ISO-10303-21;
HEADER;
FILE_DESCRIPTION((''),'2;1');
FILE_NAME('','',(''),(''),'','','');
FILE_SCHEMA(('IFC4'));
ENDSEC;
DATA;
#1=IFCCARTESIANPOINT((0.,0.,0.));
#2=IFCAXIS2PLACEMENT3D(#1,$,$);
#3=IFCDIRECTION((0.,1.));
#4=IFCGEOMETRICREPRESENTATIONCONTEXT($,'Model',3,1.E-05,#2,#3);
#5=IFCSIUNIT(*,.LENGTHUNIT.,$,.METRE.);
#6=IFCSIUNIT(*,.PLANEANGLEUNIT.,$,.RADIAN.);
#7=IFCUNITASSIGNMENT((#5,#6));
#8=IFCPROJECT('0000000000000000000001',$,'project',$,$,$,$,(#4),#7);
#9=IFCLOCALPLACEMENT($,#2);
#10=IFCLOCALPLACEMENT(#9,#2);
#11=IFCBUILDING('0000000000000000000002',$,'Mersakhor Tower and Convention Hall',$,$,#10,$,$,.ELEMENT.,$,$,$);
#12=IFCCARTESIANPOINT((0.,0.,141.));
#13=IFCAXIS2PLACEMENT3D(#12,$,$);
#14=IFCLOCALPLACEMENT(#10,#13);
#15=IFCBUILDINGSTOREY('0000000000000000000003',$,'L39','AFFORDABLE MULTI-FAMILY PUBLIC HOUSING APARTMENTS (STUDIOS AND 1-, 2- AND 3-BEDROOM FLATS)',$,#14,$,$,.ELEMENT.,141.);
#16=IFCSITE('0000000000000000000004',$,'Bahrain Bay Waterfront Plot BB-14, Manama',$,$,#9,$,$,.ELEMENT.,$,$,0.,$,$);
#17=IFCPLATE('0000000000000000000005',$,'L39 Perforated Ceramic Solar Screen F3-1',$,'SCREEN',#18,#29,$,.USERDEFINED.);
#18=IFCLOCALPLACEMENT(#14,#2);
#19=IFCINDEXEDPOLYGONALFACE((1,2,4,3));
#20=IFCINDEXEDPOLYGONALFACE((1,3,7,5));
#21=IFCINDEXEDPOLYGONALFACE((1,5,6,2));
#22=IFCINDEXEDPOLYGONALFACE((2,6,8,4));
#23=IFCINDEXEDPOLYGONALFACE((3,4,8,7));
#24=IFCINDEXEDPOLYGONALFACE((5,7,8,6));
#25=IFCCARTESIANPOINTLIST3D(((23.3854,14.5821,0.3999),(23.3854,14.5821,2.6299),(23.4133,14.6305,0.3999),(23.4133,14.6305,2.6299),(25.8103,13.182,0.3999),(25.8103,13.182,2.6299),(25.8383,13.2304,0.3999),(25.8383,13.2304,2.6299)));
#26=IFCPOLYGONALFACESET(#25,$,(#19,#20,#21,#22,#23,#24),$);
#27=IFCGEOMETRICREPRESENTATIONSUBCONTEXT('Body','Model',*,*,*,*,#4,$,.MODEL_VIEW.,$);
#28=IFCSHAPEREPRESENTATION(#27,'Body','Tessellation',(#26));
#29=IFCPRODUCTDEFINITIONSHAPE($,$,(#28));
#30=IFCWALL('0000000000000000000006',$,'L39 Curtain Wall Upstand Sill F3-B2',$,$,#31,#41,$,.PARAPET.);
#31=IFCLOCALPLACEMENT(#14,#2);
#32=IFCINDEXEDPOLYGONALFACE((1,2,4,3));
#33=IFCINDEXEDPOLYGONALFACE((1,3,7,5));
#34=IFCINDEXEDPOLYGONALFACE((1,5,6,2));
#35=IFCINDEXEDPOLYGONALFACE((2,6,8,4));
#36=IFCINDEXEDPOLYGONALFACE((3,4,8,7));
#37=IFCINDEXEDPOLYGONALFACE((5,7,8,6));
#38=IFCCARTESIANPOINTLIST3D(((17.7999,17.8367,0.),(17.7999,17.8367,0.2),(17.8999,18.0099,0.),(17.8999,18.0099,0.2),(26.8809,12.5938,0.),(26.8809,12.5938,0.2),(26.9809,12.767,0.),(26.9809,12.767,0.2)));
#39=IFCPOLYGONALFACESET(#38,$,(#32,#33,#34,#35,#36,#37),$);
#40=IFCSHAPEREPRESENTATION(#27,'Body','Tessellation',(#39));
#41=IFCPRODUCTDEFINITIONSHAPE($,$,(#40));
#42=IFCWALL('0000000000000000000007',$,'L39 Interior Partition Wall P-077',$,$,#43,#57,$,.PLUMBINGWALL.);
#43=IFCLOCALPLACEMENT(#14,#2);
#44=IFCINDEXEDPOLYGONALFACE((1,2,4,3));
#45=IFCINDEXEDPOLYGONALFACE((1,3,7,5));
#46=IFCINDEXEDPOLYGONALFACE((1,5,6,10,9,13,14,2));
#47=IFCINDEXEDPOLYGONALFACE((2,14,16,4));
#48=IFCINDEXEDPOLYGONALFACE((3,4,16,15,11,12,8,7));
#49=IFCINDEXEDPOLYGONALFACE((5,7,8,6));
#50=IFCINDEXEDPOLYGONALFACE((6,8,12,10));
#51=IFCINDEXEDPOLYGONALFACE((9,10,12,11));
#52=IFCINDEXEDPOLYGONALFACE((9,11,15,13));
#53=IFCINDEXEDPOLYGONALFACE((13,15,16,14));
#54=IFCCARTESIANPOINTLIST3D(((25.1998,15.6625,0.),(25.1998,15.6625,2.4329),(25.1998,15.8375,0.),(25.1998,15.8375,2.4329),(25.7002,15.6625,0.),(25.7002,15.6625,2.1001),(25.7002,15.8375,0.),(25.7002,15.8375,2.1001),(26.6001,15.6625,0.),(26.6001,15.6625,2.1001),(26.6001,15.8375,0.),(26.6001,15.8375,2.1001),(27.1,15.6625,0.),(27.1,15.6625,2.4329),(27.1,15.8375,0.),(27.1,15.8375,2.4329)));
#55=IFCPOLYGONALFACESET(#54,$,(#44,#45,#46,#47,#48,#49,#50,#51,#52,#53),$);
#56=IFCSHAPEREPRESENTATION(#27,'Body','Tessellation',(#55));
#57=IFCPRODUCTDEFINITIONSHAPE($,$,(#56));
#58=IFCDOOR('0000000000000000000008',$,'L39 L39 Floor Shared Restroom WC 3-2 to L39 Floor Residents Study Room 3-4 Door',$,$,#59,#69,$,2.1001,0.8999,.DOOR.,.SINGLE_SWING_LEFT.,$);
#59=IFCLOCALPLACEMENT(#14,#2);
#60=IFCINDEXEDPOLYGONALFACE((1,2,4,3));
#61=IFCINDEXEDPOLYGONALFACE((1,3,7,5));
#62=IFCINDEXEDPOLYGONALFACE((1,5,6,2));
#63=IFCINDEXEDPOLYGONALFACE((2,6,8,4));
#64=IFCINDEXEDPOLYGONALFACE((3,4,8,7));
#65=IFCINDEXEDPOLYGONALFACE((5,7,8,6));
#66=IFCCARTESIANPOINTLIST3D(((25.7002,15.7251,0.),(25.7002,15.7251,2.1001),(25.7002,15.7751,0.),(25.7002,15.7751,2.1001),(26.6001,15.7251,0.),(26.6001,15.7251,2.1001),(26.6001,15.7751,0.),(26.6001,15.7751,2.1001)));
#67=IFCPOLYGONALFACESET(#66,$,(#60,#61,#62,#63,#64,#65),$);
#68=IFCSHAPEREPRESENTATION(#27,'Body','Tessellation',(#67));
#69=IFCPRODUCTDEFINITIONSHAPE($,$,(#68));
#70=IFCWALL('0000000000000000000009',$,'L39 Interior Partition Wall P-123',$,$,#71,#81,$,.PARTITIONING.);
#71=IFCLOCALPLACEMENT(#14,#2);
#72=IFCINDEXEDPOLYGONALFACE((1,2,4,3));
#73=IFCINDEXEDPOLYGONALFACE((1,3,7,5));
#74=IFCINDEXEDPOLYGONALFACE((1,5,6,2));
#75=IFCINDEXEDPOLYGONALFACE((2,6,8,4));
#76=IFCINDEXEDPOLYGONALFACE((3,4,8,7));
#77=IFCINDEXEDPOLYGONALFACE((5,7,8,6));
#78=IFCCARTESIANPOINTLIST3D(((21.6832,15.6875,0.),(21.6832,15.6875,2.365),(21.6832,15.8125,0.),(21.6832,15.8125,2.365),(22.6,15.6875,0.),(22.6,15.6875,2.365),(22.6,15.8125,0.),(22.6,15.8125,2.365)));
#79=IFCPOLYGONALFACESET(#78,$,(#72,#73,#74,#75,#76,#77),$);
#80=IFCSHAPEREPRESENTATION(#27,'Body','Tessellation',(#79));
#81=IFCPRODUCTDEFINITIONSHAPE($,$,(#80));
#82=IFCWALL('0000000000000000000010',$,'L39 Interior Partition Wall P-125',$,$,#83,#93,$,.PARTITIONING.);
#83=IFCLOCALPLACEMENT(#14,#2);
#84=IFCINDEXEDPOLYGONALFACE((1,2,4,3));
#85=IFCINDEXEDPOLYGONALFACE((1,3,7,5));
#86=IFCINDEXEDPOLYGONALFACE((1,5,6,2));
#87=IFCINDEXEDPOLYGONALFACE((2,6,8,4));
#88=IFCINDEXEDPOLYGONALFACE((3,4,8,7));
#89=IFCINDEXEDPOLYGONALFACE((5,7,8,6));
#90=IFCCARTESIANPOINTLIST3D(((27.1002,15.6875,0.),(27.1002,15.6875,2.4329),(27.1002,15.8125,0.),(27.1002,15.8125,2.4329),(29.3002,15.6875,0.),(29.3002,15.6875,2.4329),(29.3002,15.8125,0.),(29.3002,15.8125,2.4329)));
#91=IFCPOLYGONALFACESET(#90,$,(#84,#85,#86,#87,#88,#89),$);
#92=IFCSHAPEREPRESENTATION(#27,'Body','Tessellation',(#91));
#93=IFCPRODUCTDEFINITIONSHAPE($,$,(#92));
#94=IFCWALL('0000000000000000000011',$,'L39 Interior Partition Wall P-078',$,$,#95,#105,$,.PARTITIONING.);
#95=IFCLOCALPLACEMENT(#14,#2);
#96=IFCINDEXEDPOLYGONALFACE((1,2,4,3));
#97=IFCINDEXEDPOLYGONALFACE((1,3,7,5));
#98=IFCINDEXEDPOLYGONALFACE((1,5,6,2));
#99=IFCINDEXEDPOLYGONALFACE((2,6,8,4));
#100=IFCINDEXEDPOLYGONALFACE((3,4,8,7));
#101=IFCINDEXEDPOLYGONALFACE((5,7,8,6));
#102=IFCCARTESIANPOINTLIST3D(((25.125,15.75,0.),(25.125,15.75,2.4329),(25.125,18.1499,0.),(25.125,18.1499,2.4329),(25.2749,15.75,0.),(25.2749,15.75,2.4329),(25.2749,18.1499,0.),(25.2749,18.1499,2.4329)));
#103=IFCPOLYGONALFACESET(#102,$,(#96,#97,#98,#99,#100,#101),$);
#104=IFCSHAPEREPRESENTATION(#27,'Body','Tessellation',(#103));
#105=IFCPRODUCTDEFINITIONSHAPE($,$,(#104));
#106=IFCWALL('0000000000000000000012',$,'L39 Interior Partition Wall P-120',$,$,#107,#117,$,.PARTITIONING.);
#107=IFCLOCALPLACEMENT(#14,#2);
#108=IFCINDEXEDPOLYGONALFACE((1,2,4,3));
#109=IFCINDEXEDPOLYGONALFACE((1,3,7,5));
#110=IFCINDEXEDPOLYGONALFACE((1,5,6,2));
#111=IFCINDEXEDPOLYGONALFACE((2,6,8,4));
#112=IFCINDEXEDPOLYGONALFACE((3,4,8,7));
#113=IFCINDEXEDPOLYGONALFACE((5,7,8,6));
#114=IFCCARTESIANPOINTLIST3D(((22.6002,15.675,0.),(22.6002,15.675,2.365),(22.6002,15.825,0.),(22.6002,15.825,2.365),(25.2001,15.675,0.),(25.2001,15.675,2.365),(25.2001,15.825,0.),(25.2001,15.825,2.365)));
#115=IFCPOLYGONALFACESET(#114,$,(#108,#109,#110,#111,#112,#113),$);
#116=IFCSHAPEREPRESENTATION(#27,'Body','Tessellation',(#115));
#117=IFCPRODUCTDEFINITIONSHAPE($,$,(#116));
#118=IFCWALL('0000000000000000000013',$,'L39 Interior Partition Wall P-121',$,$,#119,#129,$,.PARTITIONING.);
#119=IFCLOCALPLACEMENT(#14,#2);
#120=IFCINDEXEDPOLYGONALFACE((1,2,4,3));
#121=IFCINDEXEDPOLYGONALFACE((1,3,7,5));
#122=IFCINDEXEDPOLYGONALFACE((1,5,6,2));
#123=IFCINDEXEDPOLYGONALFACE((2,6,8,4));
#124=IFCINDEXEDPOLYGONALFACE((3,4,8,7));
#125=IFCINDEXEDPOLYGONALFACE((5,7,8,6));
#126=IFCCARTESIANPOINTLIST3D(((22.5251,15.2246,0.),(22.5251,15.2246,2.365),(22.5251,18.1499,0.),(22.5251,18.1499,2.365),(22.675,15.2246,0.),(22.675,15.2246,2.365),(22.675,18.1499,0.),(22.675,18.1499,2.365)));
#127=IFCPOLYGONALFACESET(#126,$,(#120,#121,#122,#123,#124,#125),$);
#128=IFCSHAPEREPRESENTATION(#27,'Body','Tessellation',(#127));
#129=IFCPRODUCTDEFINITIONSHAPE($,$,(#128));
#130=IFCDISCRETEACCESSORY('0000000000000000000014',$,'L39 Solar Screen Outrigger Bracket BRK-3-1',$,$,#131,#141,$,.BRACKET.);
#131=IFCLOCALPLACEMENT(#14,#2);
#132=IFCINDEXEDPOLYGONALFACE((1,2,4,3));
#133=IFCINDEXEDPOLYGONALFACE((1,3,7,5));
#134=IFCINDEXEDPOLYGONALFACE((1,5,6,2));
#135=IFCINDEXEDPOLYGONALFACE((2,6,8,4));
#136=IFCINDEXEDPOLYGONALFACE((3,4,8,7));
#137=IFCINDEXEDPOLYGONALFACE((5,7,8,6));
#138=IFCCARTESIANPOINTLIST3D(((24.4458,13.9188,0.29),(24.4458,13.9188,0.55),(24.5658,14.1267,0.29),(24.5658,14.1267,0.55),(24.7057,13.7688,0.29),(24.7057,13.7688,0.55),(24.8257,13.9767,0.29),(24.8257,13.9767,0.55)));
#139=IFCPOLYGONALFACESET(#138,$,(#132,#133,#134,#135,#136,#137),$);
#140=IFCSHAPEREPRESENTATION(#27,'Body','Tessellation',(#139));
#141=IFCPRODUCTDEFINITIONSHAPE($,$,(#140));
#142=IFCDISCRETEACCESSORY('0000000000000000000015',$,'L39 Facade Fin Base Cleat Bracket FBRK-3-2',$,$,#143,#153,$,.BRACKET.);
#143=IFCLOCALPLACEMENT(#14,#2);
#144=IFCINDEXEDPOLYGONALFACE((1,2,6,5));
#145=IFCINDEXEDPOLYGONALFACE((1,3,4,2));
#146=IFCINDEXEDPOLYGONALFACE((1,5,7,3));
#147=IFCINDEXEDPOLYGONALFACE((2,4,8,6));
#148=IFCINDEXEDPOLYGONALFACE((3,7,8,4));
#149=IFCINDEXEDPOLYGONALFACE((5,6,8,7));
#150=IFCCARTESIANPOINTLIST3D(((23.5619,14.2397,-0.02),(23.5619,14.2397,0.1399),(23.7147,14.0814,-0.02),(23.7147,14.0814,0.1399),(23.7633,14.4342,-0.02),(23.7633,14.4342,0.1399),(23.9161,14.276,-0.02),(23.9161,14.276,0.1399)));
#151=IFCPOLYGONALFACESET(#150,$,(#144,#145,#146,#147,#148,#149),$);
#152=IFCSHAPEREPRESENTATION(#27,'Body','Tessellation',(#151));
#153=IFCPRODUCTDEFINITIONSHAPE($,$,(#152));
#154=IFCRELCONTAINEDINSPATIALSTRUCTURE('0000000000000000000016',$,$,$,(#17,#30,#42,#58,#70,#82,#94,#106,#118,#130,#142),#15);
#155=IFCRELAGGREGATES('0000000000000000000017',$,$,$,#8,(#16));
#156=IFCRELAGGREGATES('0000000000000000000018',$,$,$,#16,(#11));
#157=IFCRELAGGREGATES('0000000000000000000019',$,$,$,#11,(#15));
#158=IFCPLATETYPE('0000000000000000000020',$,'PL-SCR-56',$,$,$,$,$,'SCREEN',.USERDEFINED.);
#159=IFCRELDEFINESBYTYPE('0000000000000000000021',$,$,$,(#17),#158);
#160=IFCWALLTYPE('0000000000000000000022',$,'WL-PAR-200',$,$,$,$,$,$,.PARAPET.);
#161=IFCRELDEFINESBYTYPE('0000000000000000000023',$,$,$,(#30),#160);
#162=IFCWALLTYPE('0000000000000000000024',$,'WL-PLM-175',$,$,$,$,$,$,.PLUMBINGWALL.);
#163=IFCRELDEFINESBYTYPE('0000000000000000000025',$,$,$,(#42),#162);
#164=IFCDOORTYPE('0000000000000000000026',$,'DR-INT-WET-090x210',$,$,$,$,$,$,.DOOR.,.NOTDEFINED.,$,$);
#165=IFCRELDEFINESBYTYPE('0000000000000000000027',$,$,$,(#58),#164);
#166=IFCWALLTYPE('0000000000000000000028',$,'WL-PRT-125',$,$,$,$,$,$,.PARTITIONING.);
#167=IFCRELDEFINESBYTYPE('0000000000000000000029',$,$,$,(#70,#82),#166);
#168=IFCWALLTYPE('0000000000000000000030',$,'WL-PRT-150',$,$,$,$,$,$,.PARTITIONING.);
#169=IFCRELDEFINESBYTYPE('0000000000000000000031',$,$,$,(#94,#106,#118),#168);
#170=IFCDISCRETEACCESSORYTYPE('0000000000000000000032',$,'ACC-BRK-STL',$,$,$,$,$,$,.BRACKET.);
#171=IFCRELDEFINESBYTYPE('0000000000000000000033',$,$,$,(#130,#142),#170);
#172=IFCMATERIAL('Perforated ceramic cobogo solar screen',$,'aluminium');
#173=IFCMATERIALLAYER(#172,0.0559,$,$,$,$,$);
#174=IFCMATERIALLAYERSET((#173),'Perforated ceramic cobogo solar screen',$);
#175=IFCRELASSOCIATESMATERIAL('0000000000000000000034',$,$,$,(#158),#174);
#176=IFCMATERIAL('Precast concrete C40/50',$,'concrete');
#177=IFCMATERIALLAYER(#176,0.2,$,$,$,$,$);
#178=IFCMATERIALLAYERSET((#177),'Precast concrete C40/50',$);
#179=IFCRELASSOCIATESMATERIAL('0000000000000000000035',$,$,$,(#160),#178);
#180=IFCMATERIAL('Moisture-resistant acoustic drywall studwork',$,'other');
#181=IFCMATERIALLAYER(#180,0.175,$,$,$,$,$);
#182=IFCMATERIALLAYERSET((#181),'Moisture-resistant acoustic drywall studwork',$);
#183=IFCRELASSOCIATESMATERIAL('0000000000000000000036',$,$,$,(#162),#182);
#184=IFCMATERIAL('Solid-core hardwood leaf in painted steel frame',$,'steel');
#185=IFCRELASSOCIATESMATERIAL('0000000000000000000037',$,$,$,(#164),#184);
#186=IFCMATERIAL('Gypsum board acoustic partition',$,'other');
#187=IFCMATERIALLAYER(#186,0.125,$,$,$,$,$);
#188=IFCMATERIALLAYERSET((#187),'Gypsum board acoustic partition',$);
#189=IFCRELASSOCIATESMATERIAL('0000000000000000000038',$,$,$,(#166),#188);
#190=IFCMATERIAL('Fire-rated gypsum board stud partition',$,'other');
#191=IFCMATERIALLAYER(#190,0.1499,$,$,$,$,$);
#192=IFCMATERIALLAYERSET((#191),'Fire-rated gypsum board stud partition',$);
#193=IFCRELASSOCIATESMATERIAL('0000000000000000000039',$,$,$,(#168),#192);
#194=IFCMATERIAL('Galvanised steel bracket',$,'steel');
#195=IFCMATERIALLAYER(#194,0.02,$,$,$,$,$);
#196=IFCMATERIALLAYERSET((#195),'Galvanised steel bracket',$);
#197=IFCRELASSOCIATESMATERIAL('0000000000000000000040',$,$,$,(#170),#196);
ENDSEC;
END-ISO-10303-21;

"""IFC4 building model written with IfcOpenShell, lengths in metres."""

from ifc_helpers import new_model, si_unit, direction, frame, frame_2d, origin, origin_2d, place, context, subcontext, project, spatial, rectangle, extrude, material, layer, layer_set, type_object, element, fill, save


model = new_model("IFC4")

# Units and contexts
model_context = context("Model", 3, precision=1e-05, world=origin(), true_north=direction((0.0, 1.0)))
body_context = subcontext(model_context, "Body", "Model", "MODEL_VIEW")
ifc_project = project(units=[si_unit("LENGTHUNIT", "METRE"), si_unit("PLANEANGLEUNIT", "RADIAN")], contexts=[model_context])

# Site, building, storey
site_placement = place(None, origin())
site = spatial("IfcSite", under=ifc_project, at=site_placement, Name="Bahrain Bay Waterfront Plot BB-14, Manama", CompositionType="ELEMENT", RefElevation=0.0)
building_placement = place(site_placement, origin())
building = spatial("IfcBuilding", under=site, at=building_placement, Name="Mersakhor Tower and Convention Hall", CompositionType="ELEMENT")
storey_placement = place(building_placement, frame((0.0, 0.0, 141.0)))
storey = spatial("IfcBuildingStorey", under=building, at=storey_placement, Name="L39", Description="AFFORDABLE MULTI-FAMILY PUBLIC HOUSING APARTMENTS (STUDIOS AND 1-, 2- AND 3-BEDROOM FLATS)", CompositionType="ELEMENT", Elevation=141.0)

# Plate
ifc_material_1 = material(Name="Perforated ceramic cobogo solar screen", Category="aluminium")
ifc_layer_1 = layer(ifc_material_1, 0.0559)
ifc_layer_set_1 = layer_set([ifc_layer_1], Name="Perforated ceramic cobogo solar screen")
plate_type_1 = type_object("IfcPlateType", Name="PL-SCR-56", ElementType="SCREEN", PredefinedType="USERDEFINED", material=ifc_layer_set_1)
plate_1_placement = place(storey_placement, frame((24.6118, 13.9062, 0.3999), z_axis=(0.0, 0.0, 1.0), x_axis=(-0.866025, 0.5, 0.0)))
element("IfcPlate", 1, at=plate_1_placement, inside=storey, type_object=plate_type_1, Name="L39 Perforated Ceramic Solar Screen F3-1", ObjectType="SCREEN", PredefinedType="USERDEFINED", context=body_context, shape_type="SweptSolid", body=[
    extrude(rectangle(XDim=2.8, YDim=0.0559, at=origin_2d()), origin(), (0.0, 0.0, 1.0), 2.23),
])

# Wall
ifc_material_2 = material(Name="Precast concrete C40/50", Category="concrete")
ifc_layer_2 = layer(ifc_material_2, 0.2)
ifc_layer_set_2 = layer_set([ifc_layer_2], Name="Precast concrete C40/50")
wall_type_1 = type_object("IfcWallType", Name="WL-PAR-200", PredefinedType="PARAPET", material=ifc_layer_set_2)
wall_1_placement = place(storey_placement, frame((26.9309, 12.6804, 0.0), z_axis=(0.0, 0.0, 1.0), x_axis=(-0.866027, 0.499998, 0.0)))
element("IfcWall", 2, at=wall_1_placement, inside=storey, type_object=wall_type_1, Name="L39 Curtain Wall Upstand Sill F3-B2", PredefinedType="PARAPET", context=body_context, shape_type="SweptSolid", body=[
    extrude(rectangle(XDim=10.4858, YDim=0.2, at=frame_2d((5.2429, 0.0))), origin(), (0.0, 0.0, 1.0), 0.2),
])

# Wall, opening, door
ifc_material_3 = material(Name="Moisture-resistant acoustic drywall studwork", Category="other")
ifc_layer_3 = layer(ifc_material_3, 0.175)
ifc_layer_set_3 = layer_set([ifc_layer_3], Name="Moisture-resistant acoustic drywall studwork")
wall_type_2 = type_object("IfcWallType", Name="WL-PLM-175", PredefinedType="PLUMBINGWALL", material=ifc_layer_set_3)
wall_2_placement = place(storey_placement, frame((27.1001, 15.75, 0.0), z_axis=(0.0, 0.0, 1.0), x_axis=(-1.0, 0.0, 0.0)))
wall_2 = element("IfcWall", 3, at=wall_2_placement, inside=storey, type_object=wall_type_2, Name="L39 Interior Partition Wall P-077", PredefinedType="PLUMBINGWALL", context=body_context, shape_type="SweptSolid", body=[
    extrude(rectangle(XDim=1.9001, YDim=0.175, at=frame_2d((0.9502, 0.0))), origin(), (0.0, 0.0, 1.0), 2.4329),
])
opening_placement = place(wall_2_placement, frame((0.5, 0.0, 0.0)))
opening = element("IfcOpeningElement", 4, at=opening_placement, cuts=wall_2, PredefinedType="OPENING", context=body_context, shape_type="SweptSolid", body=[
    extrude(rectangle(XDim=0.8999, YDim=2.1001, at=frame_2d((0.45, 1.05))), frame((0.0, 0.0974, 0.0), z_axis=(0.0, -1.0, 0.0), x_axis=(1.0, 0.0, 0.0)), (0.0, 0.0, 1.0), 0.1951),
])
ifc_material_4 = material(Name="Solid-core hardwood leaf in painted steel frame", Category="steel")
door_type = type_object("IfcDoorType", Name="DR-INT-WET-090x210", OperationType="NOTDEFINED", PredefinedType="DOOR", material=ifc_material_4)
door_placement = place(opening_placement, origin())
door = element("IfcDoor", 5, at=door_placement, inside=storey, type_object=door_type, Name="L39 L39 Floor Shared Restroom WC 3-2 to L39 Floor Residents Study Room 3-4 Door", OperationType="SINGLE_SWING_LEFT", OverallHeight=2.1001, OverallWidth=0.8999, PredefinedType="DOOR", context=body_context, shape_type="SweptSolid", body=[
    extrude(rectangle(XDim=0.8999, YDim=2.1001, at=frame_2d((0.45, 1.05))), frame((0.0, 0.0249, 0.0), z_axis=(0.0, -1.0, 0.0), x_axis=(1.0, 0.0, 0.0)), (0.0, 0.0, 1.0), 0.05),
])
fill(opening, door)

# Walls
ifc_material_5 = material(Name="Gypsum board acoustic partition", Category="other")
ifc_layer_4 = layer(ifc_material_5, 0.125)
ifc_layer_set_4 = layer_set([ifc_layer_4], Name="Gypsum board acoustic partition")
wall_type_3 = type_object("IfcWallType", Name="WL-PRT-125", PredefinedType="PARTITIONING", material=ifc_layer_set_4)
wall_3_placement = place(storey_placement, frame((22.6001, 15.75, 0.0), z_axis=(0.0, 0.0, 1.0), x_axis=(-1.0, 0.0, 0.0)))
element("IfcWall", 6, at=wall_3_placement, inside=storey, type_object=wall_type_3, Name="L39 Interior Partition Wall P-123", PredefinedType="PARTITIONING", context=body_context, shape_type="SweptSolid", body=[
    extrude(rectangle(XDim=0.9167, YDim=0.125, at=frame_2d((0.4585, 0.0))), origin(), (0.0, 0.0, 1.0), 2.365),
])
wall_4_placement = place(storey_placement, frame((27.1001, 15.75, 0.0), z_axis=(0.0, 0.0, 1.0), x_axis=(1.0, 0.0, 0.0)))
element("IfcWall", 7, at=wall_4_placement, inside=storey, type_object=wall_type_3, Name="L39 Interior Partition Wall P-125", PredefinedType="PARTITIONING", context=body_context, shape_type="SweptSolid", body=[
    extrude(rectangle(XDim=2.2, YDim=0.125, at=frame_2d((1.1001, 0.0))), origin(), (0.0, 0.0, 1.0), 2.4329),
])
ifc_material_6 = material(Name="Fire-rated gypsum board stud partition", Category="other")
ifc_layer_5 = layer(ifc_material_6, 0.1499)
ifc_layer_set_5 = layer_set([ifc_layer_5], Name="Fire-rated gypsum board stud partition")
wall_type_4 = type_object("IfcWallType", Name="WL-PRT-150", PredefinedType="PARTITIONING", material=ifc_layer_set_5)
wall_5_placement = place(storey_placement, frame((25.2, 15.75, 0.0), z_axis=(0.0, 0.0, 1.0), x_axis=(0.0, 1.0, 0.0)))
element("IfcWall", 8, at=wall_5_placement, inside=storey, type_object=wall_type_4, Name="L39 Interior Partition Wall P-078", PredefinedType="PARTITIONING", context=body_context, shape_type="SweptSolid", body=[
    extrude(rectangle(XDim=2.3999, YDim=0.1499, at=frame_2d((1.2, 0.0))), origin(), (0.0, 0.0, 1.0), 2.4329),
])
wall_6_placement = place(storey_placement, frame((25.2, 15.75, 0.0), z_axis=(0.0, 0.0, 1.0), x_axis=(-1.0, 0.0, 0.0)))
element("IfcWall", 9, at=wall_6_placement, inside=storey, type_object=wall_type_4, Name="L39 Interior Partition Wall P-120", PredefinedType="PARTITIONING", context=body_context, shape_type="SweptSolid", body=[
    extrude(rectangle(XDim=2.5999, YDim=0.1499, at=frame_2d((1.2998, 0.0))), origin(), (0.0, 0.0, 1.0), 2.365),
])
wall_7_placement = place(storey_placement, frame((22.6001, 15.2246, 0.0), z_axis=(0.0, 0.0, 1.0), x_axis=(0.0, 1.0, 0.0)))
element("IfcWall", 10, at=wall_7_placement, inside=storey, type_object=wall_type_4, Name="L39 Interior Partition Wall P-121", PredefinedType="PARTITIONING", context=body_context, shape_type="SweptSolid", body=[
    extrude(rectangle(XDim=2.9253, YDim=0.1499, at=frame_2d((1.4626, 0.0))), origin(), (0.0, 0.0, 1.0), 2.365),
])

# Discrete accessories
ifc_material_7 = material(Name="Galvanised steel bracket", Category="steel")
ifc_layer_6 = layer(ifc_material_7, 0.02)
ifc_layer_set_6 = layer_set([ifc_layer_6], Name="Galvanised steel bracket")
discrete_accessory_type = type_object("IfcDiscreteAccessoryType", Name="ACC-BRK-STL", PredefinedType="BRACKET", material=ifc_layer_set_6)
discrete_accessory_1_placement = place(storey_placement, frame((24.6357, 13.9478, 0.29), z_axis=(0.0, 0.0, 1.0), x_axis=(-0.866025, 0.5, 0.0)))
element("IfcDiscreteAccessory", 11, at=discrete_accessory_1_placement, inside=storey, type_object=discrete_accessory_type, Name="L39 Solar Screen Outrigger Bracket BRK-3-1", PredefinedType="BRACKET", context=body_context, shape_type="SweptSolid", body=[
    extrude(rectangle(XDim=0.3, YDim=0.24, at=origin_2d()), origin(), (0.0, 0.0, 1.0), 0.26),
])
discrete_accessory_2_placement = place(storey_placement, frame((23.739, 14.2578, -0.02), z_axis=(0.0, 0.0, 1.0), x_axis=(-0.71934, -0.694658, 0.0)))
element("IfcDiscreteAccessory", 12, at=discrete_accessory_2_placement, inside=storey, type_object=discrete_accessory_type, Name="L39 Facade Fin Base Cleat Bracket FBRK-3-2", PredefinedType="BRACKET", context=body_context, shape_type="SweptSolid", body=[
    extrude(rectangle(XDim=0.28, YDim=0.22, at=origin_2d()), origin(), (0.0, 0.0, 1.0), 0.1599),
])

save(model, "model.ifc")
